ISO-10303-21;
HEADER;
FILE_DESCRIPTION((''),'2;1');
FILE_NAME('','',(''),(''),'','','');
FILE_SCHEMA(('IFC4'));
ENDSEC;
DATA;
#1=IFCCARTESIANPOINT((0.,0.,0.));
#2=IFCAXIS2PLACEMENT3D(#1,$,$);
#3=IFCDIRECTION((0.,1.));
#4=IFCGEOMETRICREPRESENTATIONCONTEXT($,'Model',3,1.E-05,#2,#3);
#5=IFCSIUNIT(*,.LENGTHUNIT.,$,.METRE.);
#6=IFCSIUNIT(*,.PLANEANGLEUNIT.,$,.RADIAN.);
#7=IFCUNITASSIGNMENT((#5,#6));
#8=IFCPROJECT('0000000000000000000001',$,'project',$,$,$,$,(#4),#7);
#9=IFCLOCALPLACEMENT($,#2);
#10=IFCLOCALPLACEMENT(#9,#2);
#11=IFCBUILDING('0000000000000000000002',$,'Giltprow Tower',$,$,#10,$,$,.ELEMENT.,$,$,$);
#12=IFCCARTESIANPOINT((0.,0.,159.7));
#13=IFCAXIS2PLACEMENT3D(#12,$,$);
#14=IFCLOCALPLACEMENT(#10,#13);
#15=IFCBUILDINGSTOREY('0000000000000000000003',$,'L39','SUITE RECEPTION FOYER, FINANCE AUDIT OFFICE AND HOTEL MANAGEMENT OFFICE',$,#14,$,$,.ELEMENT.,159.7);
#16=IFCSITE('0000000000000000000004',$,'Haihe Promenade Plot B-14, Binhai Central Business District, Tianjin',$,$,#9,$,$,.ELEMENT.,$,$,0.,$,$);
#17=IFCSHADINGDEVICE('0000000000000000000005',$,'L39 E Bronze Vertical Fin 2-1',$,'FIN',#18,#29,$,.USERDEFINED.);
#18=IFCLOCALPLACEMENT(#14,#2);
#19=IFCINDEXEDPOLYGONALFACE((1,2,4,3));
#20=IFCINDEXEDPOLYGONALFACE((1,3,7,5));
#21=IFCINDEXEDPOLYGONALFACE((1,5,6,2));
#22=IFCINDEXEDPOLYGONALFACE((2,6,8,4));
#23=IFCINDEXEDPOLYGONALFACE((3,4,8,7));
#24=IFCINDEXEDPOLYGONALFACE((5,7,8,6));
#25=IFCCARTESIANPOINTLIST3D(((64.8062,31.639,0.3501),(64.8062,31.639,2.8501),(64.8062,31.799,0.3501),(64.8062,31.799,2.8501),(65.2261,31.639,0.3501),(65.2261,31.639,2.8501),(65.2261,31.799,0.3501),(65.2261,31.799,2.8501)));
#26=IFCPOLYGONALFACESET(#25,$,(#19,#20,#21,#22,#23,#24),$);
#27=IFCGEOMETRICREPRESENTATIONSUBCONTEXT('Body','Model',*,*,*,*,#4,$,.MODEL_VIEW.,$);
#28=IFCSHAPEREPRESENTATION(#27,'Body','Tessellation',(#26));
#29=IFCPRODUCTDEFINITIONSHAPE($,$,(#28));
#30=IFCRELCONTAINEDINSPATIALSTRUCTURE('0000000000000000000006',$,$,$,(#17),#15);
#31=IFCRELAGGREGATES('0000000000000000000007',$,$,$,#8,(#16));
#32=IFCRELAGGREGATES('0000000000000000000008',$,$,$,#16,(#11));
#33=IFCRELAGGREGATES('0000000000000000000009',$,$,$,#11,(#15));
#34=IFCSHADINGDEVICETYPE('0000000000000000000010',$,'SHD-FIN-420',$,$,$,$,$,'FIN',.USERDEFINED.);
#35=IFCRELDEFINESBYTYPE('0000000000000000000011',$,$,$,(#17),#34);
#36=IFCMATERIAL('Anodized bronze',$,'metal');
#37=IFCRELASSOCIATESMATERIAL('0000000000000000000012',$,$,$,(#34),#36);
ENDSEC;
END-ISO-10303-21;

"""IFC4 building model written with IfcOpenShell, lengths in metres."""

from ifc_helpers import new_model, si_unit, direction, frame, origin, origin_2d, place, context, subcontext, project, spatial, rectangle, extrude, source, transform, mapped, material, type_object, element, save


model = new_model("IFC4")

# Units and contexts
model_context = context("Model", 3, precision=1e-05, world=origin(), true_north=direction((0.0, 1.0)))
body_context = subcontext(model_context, "Body", "Model", "MODEL_VIEW")
ifc_project = project(units=[si_unit("LENGTHUNIT", "METRE"), si_unit("PLANEANGLEUNIT", "RADIAN")], contexts=[model_context])

# Site, building, storey
site_placement = place(None, origin())
site = spatial("IfcSite", under=ifc_project, at=site_placement, Name="Haihe Promenade Plot B-14, Binhai Central Business District, Tianjin", CompositionType="ELEMENT", RefElevation=0.0)
building_placement = place(site_placement, origin())
building = spatial("IfcBuilding", under=site, at=building_placement, Name="Giltprow Tower", CompositionType="ELEMENT")
storey_placement = place(building_placement, frame((0.0, 0.0, 159.7)))
storey = spatial("IfcBuildingStorey", under=building, at=storey_placement, Name="L39", Description="SUITE RECEPTION FOYER, FINANCE AUDIT OFFICE AND HOTEL MANAGEMENT OFFICE", CompositionType="ELEMENT", Elevation=159.7)

# Shared definitions
ifc_material_1 = material(Name="Anodized bronze", Category="metal")

# Shading device
shading_device_type = type_object("IfcShadingDeviceType", Name="SHD-FIN-420", ElementType="FIN", PredefinedType="USERDEFINED", material=ifc_material_1)
shared_shape_1 = source(origin(), body_context, "Body", "SweptSolid", [
    extrude(rectangle(XDim=0.4199, YDim=0.1599, at=origin_2d()), origin(), (0.0, 0.0, 1.0), 2.5),
])
shading_device_placement = place(storey_placement, frame((65.0161, 31.719, 0.3501), z_axis=(0.0, 0.0, 1.0), x_axis=(1.0, 0.0, 0.0)))
element("IfcShadingDevice", 1, at=shading_device_placement, inside=storey, type_object=shading_device_type, Name="L39 E Bronze Vertical Fin 2-1", ObjectType="FIN", PredefinedType="USERDEFINED", context=body_context, shape_type="MappedRepresentation", body=[
    mapped(shared_shape_1, transform((0.0, 0.0, 0.0), x_axis=(1.0, 0.0, 0.0), y_axis=(0.0, 1.0, 0.0), z_axis=(0.0, 0.0, 1.0), scale=1.0)),
])

save(model, "model.ifc")
